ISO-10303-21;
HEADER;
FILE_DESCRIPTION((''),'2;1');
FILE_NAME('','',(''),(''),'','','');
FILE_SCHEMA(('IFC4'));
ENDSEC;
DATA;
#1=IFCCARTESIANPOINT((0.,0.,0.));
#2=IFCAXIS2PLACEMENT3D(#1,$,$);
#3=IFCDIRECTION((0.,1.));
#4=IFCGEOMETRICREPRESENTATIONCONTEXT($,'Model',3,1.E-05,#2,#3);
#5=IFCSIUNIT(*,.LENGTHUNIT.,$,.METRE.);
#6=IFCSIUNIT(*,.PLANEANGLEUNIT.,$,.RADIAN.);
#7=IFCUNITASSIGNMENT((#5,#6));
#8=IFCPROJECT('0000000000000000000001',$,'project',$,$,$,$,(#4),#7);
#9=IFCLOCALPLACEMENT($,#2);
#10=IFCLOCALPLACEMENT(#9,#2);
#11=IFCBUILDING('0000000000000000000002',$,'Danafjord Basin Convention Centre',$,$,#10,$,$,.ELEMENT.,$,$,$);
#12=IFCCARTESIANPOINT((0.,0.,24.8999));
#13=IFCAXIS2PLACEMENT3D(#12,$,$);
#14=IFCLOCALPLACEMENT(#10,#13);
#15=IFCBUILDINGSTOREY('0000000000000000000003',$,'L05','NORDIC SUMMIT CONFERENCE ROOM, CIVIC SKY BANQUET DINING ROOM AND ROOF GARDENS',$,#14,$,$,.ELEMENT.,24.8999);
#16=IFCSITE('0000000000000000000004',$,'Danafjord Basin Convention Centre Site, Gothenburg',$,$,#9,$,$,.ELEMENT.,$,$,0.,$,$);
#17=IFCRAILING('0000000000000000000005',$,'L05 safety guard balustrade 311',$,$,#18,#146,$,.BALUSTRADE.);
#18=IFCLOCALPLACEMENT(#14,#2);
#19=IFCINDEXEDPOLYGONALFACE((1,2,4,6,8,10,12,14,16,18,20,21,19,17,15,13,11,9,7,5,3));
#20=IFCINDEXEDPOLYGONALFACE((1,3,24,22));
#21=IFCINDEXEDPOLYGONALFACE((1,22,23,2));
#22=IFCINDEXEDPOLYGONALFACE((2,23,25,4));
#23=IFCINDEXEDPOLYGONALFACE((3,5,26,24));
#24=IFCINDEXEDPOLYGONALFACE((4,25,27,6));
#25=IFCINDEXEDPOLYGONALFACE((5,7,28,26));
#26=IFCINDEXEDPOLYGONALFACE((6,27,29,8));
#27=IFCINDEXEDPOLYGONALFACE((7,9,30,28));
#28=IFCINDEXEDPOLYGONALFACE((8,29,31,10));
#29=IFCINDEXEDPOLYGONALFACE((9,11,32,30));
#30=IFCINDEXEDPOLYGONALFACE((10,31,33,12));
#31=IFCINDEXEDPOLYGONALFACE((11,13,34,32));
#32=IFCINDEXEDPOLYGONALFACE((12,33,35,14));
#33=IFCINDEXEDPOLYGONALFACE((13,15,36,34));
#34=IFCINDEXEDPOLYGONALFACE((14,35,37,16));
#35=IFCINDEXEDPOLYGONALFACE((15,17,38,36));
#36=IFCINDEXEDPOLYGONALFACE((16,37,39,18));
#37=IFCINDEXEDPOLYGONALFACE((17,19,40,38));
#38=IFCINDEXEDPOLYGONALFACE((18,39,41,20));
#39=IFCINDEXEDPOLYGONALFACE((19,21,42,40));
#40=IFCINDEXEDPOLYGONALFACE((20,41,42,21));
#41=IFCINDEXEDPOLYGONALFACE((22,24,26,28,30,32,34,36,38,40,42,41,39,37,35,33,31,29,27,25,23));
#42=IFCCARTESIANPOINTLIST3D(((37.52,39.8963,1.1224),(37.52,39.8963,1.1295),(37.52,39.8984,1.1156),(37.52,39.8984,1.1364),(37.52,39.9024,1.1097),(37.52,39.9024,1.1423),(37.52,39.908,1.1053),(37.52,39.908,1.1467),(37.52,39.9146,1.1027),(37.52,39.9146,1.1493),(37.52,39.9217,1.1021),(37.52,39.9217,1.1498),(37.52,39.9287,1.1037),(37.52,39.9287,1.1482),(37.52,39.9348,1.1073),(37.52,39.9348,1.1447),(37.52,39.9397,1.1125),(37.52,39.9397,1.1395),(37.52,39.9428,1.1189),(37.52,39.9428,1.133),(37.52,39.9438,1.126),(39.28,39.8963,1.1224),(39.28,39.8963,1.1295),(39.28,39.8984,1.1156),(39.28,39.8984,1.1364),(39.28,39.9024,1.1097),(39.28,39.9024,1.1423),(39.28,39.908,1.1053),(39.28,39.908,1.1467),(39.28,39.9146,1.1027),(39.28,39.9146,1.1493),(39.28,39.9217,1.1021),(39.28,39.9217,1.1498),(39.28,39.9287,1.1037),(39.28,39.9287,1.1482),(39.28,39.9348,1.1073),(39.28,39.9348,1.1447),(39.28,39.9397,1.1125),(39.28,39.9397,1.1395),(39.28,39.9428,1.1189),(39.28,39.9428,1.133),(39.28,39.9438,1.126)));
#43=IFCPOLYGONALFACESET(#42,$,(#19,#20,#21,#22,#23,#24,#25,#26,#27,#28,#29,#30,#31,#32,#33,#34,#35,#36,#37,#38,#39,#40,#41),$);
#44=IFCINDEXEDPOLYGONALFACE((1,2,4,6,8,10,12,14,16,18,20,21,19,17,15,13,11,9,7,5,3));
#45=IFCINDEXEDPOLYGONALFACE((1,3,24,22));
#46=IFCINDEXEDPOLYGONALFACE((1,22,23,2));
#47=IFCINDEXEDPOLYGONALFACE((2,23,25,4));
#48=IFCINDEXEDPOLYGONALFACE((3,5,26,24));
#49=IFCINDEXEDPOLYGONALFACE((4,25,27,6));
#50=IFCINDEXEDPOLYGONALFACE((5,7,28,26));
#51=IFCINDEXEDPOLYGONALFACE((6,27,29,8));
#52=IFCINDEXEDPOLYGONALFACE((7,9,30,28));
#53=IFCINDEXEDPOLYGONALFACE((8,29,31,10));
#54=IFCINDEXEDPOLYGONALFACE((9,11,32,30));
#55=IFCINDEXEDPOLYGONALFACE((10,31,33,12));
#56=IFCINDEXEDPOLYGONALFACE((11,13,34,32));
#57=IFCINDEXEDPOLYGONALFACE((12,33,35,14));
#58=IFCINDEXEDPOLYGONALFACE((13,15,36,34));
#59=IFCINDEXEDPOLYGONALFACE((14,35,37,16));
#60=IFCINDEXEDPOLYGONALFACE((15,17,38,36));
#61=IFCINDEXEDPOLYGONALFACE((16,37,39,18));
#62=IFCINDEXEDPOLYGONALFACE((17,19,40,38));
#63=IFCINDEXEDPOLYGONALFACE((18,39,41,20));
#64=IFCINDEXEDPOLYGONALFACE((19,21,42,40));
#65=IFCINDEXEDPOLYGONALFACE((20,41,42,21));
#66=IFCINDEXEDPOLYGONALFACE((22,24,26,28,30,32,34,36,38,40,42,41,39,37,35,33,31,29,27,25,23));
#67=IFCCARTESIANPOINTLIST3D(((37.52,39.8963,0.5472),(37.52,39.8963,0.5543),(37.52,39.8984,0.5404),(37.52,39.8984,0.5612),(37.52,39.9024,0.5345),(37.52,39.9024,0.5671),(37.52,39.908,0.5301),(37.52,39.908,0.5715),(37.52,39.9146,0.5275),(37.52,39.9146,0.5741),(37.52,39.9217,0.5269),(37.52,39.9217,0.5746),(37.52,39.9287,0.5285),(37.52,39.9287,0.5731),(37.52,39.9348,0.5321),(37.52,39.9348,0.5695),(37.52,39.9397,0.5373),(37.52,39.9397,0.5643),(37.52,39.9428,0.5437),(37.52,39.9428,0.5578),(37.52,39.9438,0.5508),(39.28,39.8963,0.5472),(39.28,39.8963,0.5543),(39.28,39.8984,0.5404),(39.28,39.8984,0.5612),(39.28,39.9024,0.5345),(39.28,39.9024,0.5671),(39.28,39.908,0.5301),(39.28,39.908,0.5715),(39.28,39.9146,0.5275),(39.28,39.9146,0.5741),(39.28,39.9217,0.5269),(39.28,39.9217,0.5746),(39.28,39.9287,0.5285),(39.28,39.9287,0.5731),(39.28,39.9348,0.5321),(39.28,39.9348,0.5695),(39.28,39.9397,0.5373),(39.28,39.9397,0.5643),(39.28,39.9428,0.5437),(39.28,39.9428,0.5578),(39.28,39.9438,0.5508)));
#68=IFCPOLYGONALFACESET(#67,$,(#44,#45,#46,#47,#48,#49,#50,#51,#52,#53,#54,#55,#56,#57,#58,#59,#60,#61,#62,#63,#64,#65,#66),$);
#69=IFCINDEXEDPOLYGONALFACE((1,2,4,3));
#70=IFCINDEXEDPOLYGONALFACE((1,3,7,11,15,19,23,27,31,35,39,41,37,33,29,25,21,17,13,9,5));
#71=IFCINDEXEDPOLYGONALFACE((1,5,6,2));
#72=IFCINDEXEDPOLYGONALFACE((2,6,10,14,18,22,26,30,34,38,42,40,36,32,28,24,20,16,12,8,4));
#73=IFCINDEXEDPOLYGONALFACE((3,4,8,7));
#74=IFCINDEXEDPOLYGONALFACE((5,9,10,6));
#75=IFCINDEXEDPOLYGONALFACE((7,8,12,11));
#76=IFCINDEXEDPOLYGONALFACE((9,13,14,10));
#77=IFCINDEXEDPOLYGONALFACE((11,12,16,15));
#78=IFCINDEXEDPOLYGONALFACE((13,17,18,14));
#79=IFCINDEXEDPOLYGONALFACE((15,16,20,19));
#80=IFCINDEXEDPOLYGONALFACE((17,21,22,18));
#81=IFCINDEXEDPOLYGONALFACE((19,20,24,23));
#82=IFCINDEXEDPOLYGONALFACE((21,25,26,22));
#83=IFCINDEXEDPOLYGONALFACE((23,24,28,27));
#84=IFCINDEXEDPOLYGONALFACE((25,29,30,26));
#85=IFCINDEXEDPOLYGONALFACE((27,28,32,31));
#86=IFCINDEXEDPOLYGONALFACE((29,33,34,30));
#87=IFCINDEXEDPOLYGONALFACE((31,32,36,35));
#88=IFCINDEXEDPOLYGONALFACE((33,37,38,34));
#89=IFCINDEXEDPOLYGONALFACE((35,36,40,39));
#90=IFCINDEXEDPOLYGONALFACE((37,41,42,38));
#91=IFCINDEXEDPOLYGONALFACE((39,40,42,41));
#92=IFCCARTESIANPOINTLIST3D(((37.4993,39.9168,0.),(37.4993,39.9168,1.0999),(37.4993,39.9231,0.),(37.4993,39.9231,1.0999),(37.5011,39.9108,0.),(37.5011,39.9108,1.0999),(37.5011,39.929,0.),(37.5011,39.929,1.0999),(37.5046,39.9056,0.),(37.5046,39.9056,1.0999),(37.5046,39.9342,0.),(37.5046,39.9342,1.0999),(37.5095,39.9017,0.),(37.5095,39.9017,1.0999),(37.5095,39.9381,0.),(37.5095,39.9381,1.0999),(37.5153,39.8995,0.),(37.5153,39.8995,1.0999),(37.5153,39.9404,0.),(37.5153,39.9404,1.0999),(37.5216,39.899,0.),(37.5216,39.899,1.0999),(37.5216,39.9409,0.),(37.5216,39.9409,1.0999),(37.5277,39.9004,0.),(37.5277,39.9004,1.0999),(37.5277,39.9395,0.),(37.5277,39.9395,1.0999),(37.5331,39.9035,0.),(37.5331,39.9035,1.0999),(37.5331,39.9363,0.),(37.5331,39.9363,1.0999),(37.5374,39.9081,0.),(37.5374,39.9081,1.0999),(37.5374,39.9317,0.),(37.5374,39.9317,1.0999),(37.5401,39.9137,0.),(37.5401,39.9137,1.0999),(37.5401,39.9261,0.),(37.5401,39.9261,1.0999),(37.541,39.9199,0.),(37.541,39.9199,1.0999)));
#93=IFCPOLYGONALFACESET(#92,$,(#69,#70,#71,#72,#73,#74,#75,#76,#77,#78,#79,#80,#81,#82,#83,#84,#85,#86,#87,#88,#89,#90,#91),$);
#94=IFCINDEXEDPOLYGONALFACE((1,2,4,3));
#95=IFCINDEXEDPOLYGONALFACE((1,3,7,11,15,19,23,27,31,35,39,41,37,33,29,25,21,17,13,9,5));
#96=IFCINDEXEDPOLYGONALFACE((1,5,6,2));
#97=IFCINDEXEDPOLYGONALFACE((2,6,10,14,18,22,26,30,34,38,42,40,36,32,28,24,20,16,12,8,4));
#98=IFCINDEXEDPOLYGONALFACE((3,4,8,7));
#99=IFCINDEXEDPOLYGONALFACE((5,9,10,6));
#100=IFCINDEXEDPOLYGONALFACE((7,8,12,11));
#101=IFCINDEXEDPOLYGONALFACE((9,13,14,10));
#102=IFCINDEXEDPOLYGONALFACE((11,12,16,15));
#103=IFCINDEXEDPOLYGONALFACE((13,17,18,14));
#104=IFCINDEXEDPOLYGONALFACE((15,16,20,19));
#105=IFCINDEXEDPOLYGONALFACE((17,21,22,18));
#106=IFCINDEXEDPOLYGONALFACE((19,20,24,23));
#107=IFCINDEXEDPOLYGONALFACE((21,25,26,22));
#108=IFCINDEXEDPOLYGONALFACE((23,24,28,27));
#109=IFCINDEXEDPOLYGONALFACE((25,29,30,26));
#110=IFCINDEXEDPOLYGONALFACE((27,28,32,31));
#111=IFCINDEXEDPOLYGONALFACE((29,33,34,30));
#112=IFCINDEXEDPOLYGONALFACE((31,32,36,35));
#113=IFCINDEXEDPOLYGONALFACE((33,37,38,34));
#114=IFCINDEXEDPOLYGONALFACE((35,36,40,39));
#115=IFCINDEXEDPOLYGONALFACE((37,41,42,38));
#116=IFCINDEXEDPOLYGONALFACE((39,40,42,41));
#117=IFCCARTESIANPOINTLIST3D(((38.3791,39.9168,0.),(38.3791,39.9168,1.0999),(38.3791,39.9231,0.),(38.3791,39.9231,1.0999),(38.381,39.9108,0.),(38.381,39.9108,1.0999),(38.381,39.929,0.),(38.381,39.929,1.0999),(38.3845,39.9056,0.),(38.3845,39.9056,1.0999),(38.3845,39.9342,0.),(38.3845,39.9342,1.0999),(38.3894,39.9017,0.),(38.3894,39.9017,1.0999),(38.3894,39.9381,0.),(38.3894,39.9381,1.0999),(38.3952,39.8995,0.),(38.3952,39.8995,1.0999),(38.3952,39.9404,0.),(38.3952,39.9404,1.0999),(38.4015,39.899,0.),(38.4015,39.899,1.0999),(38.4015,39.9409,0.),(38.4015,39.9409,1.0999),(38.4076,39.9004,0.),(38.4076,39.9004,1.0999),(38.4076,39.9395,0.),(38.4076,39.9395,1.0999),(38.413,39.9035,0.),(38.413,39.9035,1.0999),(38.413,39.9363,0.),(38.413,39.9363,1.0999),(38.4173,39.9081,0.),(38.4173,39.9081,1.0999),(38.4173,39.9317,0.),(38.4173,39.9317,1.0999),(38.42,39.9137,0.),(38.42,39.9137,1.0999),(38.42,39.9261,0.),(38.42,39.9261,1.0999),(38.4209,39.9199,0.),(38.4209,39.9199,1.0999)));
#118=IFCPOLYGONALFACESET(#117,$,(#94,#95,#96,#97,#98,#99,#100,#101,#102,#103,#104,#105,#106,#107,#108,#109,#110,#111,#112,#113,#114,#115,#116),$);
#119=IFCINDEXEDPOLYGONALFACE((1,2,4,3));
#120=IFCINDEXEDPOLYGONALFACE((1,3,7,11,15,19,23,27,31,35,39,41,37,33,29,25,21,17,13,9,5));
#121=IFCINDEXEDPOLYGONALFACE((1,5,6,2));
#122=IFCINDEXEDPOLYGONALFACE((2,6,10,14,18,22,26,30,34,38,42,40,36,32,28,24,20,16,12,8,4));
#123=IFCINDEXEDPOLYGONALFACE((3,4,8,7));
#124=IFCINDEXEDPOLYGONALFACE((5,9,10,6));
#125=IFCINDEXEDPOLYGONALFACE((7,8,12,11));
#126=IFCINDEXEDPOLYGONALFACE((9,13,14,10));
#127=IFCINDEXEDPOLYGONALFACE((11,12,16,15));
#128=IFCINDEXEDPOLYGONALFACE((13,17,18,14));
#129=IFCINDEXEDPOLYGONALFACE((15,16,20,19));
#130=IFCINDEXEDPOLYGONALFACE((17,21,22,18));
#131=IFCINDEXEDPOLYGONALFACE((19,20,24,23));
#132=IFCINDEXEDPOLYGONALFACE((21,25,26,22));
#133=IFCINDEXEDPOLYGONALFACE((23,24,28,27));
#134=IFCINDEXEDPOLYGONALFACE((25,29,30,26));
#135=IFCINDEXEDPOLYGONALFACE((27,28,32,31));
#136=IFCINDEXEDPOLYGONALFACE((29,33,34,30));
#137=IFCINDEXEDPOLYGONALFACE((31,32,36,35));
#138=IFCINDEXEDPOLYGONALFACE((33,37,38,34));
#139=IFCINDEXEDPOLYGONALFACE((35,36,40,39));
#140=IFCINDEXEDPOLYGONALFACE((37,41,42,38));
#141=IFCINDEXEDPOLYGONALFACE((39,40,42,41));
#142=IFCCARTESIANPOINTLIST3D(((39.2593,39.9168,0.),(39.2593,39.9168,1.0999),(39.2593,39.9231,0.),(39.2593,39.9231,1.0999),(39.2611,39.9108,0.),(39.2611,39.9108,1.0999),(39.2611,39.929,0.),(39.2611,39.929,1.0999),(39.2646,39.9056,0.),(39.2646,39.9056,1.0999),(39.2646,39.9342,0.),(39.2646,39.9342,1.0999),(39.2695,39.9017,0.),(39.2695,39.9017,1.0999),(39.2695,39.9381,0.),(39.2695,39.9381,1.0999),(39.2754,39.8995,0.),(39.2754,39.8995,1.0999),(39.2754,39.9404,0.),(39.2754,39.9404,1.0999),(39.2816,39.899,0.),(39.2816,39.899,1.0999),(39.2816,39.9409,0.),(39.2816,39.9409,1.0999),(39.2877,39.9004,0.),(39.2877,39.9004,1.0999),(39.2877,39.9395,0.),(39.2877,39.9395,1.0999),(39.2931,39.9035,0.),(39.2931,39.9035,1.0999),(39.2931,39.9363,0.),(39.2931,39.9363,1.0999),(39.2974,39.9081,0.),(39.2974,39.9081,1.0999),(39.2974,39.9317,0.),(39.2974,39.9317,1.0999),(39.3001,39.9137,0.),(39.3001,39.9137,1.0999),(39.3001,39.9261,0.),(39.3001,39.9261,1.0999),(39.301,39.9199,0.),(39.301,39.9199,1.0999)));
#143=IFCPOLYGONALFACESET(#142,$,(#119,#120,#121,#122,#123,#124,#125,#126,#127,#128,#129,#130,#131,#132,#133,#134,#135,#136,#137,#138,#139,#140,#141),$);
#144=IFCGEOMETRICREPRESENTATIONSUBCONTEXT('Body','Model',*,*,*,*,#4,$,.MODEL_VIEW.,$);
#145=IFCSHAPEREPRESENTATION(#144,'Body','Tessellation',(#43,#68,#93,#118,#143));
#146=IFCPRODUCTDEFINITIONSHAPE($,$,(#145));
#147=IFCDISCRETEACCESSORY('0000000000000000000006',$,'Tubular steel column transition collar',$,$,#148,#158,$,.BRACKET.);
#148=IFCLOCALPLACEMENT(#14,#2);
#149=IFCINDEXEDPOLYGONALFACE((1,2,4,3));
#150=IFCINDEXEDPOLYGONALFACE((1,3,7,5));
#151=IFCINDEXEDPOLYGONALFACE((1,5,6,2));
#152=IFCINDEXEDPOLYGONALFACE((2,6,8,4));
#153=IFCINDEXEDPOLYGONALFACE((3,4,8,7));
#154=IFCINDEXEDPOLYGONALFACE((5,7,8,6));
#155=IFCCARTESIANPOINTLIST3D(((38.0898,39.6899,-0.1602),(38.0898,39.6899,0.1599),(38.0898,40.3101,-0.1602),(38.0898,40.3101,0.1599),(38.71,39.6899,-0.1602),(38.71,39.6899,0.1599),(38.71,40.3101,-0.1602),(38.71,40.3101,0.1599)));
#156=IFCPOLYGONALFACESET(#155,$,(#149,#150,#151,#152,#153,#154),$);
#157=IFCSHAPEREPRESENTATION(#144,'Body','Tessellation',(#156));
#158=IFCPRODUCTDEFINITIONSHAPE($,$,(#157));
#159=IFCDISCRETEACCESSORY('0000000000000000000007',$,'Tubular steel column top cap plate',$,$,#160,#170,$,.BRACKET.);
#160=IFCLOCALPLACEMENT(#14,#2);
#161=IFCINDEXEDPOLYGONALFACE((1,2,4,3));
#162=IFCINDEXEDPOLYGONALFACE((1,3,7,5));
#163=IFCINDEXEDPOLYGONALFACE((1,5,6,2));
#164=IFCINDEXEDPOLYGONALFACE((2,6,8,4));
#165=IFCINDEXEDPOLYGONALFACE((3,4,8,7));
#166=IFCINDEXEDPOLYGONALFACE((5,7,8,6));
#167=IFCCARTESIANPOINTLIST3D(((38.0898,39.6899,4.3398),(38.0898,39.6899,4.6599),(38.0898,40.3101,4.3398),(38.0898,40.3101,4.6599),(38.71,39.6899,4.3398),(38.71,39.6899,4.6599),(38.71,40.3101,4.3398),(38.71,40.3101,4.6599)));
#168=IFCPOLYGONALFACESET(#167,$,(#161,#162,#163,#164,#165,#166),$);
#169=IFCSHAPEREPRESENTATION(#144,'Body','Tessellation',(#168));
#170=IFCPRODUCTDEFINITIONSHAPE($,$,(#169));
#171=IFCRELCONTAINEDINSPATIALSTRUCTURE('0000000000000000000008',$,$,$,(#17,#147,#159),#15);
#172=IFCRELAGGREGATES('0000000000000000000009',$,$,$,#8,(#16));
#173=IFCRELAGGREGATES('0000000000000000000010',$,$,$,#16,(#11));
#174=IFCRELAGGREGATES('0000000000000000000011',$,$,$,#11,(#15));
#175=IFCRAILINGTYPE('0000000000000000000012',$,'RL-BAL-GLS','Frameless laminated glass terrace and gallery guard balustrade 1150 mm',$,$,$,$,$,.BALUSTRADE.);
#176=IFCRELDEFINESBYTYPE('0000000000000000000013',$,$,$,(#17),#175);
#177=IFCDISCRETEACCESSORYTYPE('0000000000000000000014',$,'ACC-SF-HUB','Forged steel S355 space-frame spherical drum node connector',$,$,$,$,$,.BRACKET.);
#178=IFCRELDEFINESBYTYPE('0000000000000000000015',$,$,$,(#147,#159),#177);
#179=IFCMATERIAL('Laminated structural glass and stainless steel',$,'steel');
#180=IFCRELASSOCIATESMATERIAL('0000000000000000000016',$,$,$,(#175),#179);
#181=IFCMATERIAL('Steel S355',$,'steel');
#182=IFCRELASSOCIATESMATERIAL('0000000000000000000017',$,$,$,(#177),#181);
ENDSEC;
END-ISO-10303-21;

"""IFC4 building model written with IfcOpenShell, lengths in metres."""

from ifc_helpers import new_model, si_unit, direction, frame, origin, origin_2d, place, context, subcontext, project, spatial, rectangle, circle, extrude, material, type_object, element, save


model = new_model("IFC4")

# Units and contexts
model_context = context("Model", 3, precision=1e-05, world=origin(), true_north=direction((0.0, 1.0)))
body_context = subcontext(model_context, "Body", "Model", "MODEL_VIEW")
ifc_project = project(units=[si_unit("LENGTHUNIT", "METRE"), si_unit("PLANEANGLEUNIT", "RADIAN")], contexts=[model_context])

# Site, building, storey
site_placement = place(None, origin())
site = spatial("IfcSite", under=ifc_project, at=site_placement, Name="Danafjord Basin Convention Centre Site, Gothenburg", CompositionType="ELEMENT", RefElevation=0.0)
building_placement = place(site_placement, origin())
building = spatial("IfcBuilding", under=site, at=building_placement, Name="Danafjord Basin Convention Centre", CompositionType="ELEMENT")
storey_placement = place(building_placement, frame((0.0, 0.0, 24.8999)))
storey = spatial("IfcBuildingStorey", under=building, at=storey_placement, Name="L05", Description="NORDIC SUMMIT CONFERENCE ROOM, CIVIC SKY BANQUET DINING ROOM AND ROOF GARDENS", CompositionType="ELEMENT", Elevation=24.8999)

# Shared definitions
ifc_material_1 = material(Name="Steel S355", Category="steel")

# Railing
ifc_material_2 = material(Name="Laminated structural glass and stainless steel", Category="steel")
railing_type_1 = type_object("IfcRailingType", Name="RL-BAL-GLS", Description="Frameless laminated glass terrace and gallery guard balustrade 1150 mm", PredefinedType="BALUSTRADE", material=ifc_material_2)
railing_1_placement = place(storey_placement, frame((37.52, 39.9199, 0.0)))
element("IfcRailing", 1, at=railing_1_placement, inside=storey, type_object=railing_type_1, Name="L05 safety guard balustrade 311", PredefinedType="BALUSTRADE", context=body_context, shape_type="SweptSolid", body=[
    extrude(circle(Radius=0.0239, at=origin_2d()), frame((0.0, 0.0, 1.126), z_axis=(1.0, 0.0, 0.0), x_axis=(0.0, 1.0, 0.0)), (0.0, 0.0, 1.0), 1.76),
    extrude(circle(Radius=0.0239, at=origin_2d()), frame((0.0, 0.0, 0.5508), z_axis=(1.0, 0.0, 0.0), x_axis=(0.0, 1.0, 0.0)), (0.0, 0.0, 1.0), 1.76),
    extrude(circle(Radius=0.021, at=origin_2d()), origin(), (0.0, 0.0, 1.0), 1.0999),
    extrude(circle(Radius=0.021, at=origin_2d()), frame((0.8799, 0.0, 0.0)), (0.0, 0.0, 1.0), 1.0999),
    extrude(circle(Radius=0.021, at=origin_2d()), frame((1.76, 0.0, 0.0)), (0.0, 0.0, 1.0), 1.0999),
])

# Discrete accessories
discrete_accessory_type = type_object("IfcDiscreteAccessoryType", Name="ACC-SF-HUB", Description="Forged steel S355 space-frame spherical drum node connector", PredefinedType="BRACKET", material=ifc_material_1)
for number, where, z_axis, x_axis, name in (
    (2, (38.3999, 40.0, -0.1602), (0.0, 0.0, 1.0), (1.0, 0.0, 0.0), "Tubular steel column transition collar"),
    (3, (38.3999, 40.0, 4.3398), (0.0, 0.0, 1.0), (1.0, 0.0, 0.0), "Tubular steel column top cap plate"),
):
    element("IfcDiscreteAccessory", number, at=place(storey_placement, frame(where, z_axis=z_axis, x_axis=x_axis)), inside=storey, type_object=discrete_accessory_type, Name=name, PredefinedType="BRACKET", context=body_context, shape_type="SweptSolid", body=[
        extrude(rectangle(XDim=0.6201, YDim=0.6201, at=origin_2d()), origin(), (0.0, 0.0, 1.0), 0.3201),
    ])

save(model, "model.ifc")
